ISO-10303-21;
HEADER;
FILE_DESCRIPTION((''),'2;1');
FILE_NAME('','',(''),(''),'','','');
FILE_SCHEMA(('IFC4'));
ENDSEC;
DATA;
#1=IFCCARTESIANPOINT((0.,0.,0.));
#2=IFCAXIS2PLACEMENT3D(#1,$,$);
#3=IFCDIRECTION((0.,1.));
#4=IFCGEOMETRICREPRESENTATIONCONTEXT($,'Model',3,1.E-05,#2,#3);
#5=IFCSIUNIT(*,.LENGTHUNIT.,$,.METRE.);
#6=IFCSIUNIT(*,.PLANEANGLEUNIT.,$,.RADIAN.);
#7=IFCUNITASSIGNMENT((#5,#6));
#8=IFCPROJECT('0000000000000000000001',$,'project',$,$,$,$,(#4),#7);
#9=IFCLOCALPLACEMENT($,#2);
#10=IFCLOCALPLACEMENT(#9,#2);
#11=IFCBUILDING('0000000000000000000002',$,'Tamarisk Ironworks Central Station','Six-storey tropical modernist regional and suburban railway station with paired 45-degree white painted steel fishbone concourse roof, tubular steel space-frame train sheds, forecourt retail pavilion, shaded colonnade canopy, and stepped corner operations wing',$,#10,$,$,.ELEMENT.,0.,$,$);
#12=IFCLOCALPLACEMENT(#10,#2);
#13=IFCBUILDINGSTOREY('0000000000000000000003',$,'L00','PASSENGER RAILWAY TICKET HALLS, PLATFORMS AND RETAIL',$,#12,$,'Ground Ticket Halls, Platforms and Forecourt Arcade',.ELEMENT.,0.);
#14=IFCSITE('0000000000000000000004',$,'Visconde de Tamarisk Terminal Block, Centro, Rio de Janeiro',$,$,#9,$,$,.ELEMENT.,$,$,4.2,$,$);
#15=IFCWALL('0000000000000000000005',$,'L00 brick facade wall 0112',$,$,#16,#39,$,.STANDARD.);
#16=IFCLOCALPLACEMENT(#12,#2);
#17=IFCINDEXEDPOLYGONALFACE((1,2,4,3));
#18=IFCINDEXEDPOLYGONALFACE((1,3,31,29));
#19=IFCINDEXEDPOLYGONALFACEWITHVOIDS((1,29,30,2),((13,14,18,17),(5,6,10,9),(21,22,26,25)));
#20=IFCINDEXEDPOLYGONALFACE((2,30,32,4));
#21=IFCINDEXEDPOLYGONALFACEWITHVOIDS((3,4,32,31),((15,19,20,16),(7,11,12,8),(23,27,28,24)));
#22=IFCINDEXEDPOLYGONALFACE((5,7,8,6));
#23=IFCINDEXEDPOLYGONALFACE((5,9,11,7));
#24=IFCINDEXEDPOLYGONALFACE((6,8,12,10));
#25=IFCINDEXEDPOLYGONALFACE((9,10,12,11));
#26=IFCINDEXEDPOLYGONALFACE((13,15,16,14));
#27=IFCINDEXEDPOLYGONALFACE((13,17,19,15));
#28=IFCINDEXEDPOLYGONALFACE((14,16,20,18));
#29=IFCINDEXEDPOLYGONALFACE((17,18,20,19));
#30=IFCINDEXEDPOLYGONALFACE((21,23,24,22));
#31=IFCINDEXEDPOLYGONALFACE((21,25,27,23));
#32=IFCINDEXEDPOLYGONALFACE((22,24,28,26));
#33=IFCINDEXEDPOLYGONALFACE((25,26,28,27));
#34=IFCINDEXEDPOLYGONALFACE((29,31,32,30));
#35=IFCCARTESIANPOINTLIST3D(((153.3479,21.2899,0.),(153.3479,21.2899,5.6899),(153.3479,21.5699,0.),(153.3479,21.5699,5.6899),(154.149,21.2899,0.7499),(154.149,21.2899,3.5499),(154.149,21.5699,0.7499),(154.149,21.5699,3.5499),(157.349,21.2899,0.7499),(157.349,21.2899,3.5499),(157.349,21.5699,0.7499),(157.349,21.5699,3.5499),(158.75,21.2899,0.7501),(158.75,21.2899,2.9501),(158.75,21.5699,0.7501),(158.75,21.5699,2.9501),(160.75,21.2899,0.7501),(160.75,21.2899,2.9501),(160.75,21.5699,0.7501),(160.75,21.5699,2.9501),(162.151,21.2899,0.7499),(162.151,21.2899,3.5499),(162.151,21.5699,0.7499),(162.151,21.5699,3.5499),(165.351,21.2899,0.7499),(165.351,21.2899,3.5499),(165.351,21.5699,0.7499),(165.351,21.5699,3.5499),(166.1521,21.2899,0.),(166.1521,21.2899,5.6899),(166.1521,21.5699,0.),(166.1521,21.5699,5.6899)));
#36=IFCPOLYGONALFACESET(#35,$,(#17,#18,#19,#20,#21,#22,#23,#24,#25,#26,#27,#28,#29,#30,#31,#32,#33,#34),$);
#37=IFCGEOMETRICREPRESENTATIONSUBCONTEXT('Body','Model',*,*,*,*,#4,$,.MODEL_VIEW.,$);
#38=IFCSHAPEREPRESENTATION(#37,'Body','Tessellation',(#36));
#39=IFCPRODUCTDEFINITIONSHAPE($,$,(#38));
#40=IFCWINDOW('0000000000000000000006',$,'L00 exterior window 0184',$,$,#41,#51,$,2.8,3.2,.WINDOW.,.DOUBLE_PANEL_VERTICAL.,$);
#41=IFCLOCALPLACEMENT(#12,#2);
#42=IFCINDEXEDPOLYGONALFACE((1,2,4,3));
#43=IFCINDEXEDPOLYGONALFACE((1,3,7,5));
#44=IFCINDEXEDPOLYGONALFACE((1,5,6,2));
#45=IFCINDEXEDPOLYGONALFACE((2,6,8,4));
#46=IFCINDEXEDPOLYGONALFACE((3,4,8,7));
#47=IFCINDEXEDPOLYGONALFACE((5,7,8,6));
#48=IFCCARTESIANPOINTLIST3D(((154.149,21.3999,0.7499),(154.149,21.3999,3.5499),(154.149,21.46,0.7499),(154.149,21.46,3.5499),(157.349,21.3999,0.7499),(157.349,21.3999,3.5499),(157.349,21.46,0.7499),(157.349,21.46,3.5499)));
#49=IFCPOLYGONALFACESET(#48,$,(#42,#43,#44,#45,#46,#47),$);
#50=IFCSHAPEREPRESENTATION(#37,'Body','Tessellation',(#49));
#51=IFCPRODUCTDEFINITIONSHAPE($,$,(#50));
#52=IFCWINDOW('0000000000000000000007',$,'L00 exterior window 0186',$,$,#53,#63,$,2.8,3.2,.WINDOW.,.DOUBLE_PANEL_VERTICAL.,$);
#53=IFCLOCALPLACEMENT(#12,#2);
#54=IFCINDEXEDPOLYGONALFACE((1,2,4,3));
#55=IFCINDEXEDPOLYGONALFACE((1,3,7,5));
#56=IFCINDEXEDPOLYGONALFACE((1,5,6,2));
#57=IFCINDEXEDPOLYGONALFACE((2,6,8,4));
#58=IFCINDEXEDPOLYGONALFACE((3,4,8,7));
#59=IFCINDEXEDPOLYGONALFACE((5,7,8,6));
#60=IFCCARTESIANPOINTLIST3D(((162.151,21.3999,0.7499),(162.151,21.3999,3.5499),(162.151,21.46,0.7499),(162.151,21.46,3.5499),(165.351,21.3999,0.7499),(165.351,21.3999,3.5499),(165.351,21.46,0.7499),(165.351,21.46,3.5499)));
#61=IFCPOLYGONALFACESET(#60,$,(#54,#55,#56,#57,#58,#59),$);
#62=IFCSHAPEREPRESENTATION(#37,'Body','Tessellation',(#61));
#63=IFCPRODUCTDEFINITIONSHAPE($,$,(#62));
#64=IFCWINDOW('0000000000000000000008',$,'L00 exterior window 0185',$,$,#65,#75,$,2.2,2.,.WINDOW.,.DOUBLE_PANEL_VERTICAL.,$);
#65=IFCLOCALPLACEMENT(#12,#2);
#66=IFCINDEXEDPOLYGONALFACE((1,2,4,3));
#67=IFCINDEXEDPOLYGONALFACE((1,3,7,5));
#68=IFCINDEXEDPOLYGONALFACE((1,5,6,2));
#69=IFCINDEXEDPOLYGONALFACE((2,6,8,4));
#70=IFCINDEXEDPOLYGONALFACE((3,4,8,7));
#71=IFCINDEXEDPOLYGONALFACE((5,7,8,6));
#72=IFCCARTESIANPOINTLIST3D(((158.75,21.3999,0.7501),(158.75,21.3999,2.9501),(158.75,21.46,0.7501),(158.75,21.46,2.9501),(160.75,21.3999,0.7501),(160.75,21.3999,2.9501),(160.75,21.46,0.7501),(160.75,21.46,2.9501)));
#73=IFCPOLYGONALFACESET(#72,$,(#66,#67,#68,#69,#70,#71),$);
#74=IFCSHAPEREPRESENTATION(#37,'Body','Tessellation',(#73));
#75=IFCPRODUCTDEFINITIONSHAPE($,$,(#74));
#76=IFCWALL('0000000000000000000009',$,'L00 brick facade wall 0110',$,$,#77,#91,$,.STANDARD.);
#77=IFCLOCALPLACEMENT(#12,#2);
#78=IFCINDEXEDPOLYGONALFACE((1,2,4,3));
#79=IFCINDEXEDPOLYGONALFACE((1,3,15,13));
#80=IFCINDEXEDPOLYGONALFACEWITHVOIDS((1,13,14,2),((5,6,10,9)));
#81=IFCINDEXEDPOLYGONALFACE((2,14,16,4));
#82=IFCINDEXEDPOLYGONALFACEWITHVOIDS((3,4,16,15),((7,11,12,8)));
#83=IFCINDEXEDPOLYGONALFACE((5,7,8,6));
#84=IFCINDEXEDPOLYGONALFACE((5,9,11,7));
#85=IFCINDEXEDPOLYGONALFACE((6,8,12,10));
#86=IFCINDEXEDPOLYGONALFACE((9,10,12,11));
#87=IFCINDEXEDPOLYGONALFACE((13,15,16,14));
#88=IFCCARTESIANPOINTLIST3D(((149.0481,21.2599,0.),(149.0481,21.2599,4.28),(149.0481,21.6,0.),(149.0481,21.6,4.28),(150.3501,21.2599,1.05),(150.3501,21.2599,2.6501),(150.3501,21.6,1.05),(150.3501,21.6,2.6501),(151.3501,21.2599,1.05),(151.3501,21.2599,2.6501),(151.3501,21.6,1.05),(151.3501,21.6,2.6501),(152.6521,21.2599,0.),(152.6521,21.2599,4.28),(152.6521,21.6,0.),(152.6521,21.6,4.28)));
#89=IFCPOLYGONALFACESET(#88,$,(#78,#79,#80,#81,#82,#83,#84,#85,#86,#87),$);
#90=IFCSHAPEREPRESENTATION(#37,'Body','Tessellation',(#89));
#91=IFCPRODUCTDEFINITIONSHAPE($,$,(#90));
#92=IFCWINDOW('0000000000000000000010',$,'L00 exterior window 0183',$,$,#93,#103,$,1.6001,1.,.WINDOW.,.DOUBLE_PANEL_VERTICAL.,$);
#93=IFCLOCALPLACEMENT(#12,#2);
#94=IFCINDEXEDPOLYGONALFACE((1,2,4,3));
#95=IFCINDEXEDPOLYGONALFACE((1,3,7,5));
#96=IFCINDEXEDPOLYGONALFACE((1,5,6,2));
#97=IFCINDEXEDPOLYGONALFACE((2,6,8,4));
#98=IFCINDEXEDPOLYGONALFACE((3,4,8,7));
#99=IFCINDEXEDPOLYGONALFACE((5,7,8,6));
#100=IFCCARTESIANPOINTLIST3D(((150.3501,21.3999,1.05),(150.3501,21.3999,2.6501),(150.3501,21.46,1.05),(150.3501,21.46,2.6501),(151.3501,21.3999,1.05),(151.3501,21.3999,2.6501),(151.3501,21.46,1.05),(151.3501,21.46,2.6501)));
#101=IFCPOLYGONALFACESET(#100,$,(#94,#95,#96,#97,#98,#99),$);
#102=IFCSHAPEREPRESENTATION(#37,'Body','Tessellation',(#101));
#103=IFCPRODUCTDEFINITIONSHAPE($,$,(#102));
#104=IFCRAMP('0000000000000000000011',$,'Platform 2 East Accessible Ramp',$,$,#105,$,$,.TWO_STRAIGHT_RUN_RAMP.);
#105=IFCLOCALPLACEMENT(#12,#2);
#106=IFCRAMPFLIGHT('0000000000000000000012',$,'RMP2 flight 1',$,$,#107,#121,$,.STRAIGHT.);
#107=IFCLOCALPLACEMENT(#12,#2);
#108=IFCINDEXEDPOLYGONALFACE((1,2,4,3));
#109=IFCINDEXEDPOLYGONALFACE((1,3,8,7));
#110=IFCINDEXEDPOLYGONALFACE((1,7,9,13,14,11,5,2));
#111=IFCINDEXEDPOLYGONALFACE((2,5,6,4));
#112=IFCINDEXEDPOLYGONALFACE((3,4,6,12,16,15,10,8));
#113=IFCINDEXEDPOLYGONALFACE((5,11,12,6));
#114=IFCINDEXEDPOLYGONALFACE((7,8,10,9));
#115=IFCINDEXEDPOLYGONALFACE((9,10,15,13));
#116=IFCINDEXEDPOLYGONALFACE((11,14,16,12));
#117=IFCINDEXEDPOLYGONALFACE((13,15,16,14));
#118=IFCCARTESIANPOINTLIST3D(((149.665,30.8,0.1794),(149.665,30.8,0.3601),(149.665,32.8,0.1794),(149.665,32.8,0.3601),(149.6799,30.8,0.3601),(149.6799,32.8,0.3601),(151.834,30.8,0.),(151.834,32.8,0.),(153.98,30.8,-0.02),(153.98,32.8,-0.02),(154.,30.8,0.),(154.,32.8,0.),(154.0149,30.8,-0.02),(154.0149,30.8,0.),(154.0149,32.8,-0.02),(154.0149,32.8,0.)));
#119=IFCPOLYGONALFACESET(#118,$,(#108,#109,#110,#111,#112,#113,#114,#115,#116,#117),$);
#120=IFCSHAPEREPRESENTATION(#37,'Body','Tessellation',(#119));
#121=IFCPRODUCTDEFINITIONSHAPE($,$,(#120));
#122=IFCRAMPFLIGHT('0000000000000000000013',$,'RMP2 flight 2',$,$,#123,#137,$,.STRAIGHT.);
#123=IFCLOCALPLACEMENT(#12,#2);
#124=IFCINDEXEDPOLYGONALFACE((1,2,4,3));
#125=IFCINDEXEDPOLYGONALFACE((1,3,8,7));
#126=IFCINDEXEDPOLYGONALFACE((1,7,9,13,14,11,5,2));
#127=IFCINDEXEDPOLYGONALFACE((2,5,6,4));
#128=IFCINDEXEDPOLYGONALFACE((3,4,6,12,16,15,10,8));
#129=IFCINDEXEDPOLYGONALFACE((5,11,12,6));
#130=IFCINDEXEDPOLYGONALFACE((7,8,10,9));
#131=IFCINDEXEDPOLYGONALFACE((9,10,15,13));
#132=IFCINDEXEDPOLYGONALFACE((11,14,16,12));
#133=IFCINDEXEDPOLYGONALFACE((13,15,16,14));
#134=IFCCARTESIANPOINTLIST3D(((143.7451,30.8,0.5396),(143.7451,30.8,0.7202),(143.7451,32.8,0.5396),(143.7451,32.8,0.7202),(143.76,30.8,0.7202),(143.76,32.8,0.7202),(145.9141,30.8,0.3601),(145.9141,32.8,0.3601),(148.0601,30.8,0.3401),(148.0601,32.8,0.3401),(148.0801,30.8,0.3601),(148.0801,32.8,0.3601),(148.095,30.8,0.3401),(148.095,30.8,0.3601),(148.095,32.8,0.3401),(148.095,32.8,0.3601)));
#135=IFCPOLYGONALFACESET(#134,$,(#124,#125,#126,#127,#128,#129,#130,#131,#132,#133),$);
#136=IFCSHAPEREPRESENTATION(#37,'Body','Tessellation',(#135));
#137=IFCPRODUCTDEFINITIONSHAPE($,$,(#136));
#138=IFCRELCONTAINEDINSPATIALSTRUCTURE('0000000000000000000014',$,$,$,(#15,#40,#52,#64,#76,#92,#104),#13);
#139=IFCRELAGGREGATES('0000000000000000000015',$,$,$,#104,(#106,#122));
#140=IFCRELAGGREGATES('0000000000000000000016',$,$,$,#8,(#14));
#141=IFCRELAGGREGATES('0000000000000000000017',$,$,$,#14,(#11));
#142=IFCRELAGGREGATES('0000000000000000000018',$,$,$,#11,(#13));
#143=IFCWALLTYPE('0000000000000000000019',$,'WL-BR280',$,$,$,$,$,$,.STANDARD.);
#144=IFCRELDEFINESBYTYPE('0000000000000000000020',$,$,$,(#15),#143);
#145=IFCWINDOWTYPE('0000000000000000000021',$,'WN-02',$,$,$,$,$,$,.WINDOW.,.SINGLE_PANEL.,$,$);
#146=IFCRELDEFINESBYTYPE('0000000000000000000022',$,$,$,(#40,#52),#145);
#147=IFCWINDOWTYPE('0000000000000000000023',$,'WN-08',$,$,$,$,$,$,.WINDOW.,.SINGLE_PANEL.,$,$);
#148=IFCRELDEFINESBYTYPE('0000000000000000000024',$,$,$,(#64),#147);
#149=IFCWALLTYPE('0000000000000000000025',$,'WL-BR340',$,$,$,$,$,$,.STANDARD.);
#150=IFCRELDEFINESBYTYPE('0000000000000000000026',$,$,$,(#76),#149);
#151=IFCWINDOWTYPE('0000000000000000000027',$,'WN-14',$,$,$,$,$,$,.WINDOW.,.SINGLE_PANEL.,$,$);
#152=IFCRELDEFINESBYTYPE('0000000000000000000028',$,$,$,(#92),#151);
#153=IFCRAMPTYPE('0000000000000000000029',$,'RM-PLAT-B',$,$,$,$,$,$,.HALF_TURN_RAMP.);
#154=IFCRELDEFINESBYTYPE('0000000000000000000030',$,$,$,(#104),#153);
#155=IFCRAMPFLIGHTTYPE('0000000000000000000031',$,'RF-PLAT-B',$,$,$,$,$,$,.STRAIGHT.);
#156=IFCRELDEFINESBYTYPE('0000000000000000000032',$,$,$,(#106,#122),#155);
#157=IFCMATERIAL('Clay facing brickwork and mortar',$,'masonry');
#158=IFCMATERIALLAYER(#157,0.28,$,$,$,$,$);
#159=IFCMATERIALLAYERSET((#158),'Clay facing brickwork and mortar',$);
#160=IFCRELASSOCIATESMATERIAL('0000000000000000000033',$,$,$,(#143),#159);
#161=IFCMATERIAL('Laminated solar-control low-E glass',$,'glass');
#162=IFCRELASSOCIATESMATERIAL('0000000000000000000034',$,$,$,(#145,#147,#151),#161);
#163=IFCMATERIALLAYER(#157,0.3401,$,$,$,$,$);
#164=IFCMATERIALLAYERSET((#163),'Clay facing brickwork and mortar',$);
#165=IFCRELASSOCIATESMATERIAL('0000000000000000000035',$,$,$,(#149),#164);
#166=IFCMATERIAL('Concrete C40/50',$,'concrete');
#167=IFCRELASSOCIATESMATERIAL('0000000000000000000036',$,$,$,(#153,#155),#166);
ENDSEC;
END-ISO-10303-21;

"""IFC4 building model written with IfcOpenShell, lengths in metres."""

from ifc_helpers import new_model, si_unit, direction, frame, frame_2d, origin, place, context, subcontext, project, spatial, polyline, rectangle, outline, extrude, material, layer, layer_set, type_object, element, fill, aggregate, save


model = new_model("IFC4")

# Units and contexts
model_context = context("Model", 3, precision=1e-05, world=origin(), true_north=direction((0.0, 1.0)))
body_context = subcontext(model_context, "Body", "Model", "MODEL_VIEW")
ifc_project = project(units=[si_unit("LENGTHUNIT", "METRE"), si_unit("PLANEANGLEUNIT", "RADIAN")], contexts=[model_context])

# Site, building, storey
site_placement = place(None, origin())
site = spatial("IfcSite", under=ifc_project, at=site_placement, Name="Visconde de Tamarisk Terminal Block, Centro, Rio de Janeiro", CompositionType="ELEMENT", RefElevation=4.2)
building_placement = place(site_placement, origin())
building = spatial("IfcBuilding", under=site, at=building_placement, Name="Tamarisk Ironworks Central Station", Description="Six-storey tropical modernist regional and suburban railway station with paired 45-degree white painted steel fishbone concourse roof, tubular steel space-frame train sheds, forecourt retail pavilion, shaded colonnade canopy, and stepped corner operations wing", CompositionType="ELEMENT", ElevationOfRefHeight=0.0)
storey_placement = place(building_placement, origin())
storey = spatial("IfcBuildingStorey", under=building, at=storey_placement, Name="L00", Description="PASSENGER RAILWAY TICKET HALLS, PLATFORMS AND RETAIL", LongName="Ground Ticket Halls, Platforms and Forecourt Arcade", CompositionType="ELEMENT", Elevation=0.0)

# Shared definitions
ifc_material_1 = material(Name="Concrete C40/50", Category="concrete")

# Shared definitions
ifc_material_2 = material(Name="Clay facing brickwork and mortar", Category="masonry")

# Wall, openings, windows
ifc_layer_1 = layer(ifc_material_2, 0.28)
ifc_layer_set_1 = layer_set([ifc_layer_1], Name="Clay facing brickwork and mortar")
wall_type_1 = type_object("IfcWallType", Name="WL-BR280", PredefinedType="STANDARD", material=ifc_layer_set_1)
wall_1_placement = place(storey_placement, frame((153.3479, 21.4299, 0.0), z_axis=(0.0, 0.0, 1.0), x_axis=(1.0, 0.0, 0.0)))
wall_1 = element("IfcWall", 1, at=wall_1_placement, inside=storey, type_object=wall_type_1, Name="L00 brick facade wall 0112", PredefinedType="STANDARD", context=body_context, shape_type="SweptSolid", body=[
    extrude(rectangle(XDim=12.8042, YDim=0.28, at=frame_2d((6.4021, 0.0))), origin(), (0.0, 0.0, 1.0), 5.6899),
])
opening_1_placement = place(wall_1_placement, frame((0.801, 0.0, 0.75)))
opening_1 = element("IfcOpeningElement", 2, at=opening_1_placement, cuts=wall_1, PredefinedType="OPENING", context=body_context, shape_type="SweptSolid", body=[
    extrude(rectangle(XDim=3.2, YDim=2.8, at=frame_2d((1.6001, 1.3999))), frame((0.0, 0.1519, 0.0), z_axis=(0.0, -1.0, 0.0), x_axis=(1.0, 0.0, 0.0)), (0.0, 0.0, 1.0), 0.304),
])
opening_2_placement = place(wall_1_placement, frame((5.4021, 0.0, 0.75)))
opening_2 = element("IfcOpeningElement", 3, at=opening_2_placement, cuts=wall_1, PredefinedType="OPENING", context=body_context, shape_type="SweptSolid", body=[
    extrude(rectangle(XDim=2.0, YDim=2.2, at=frame_2d((1.0, 1.1001))), frame((0.0, 0.1519, 0.0), z_axis=(0.0, -1.0, 0.0), x_axis=(1.0, 0.0, 0.0)), (0.0, 0.0, 1.0), 0.304),
])
opening_3_placement = place(wall_1_placement, frame((8.803, 0.0, 0.75)))
opening_3 = element("IfcOpeningElement", 4, at=opening_3_placement, cuts=wall_1, PredefinedType="OPENING", context=body_context, shape_type="SweptSolid", body=[
    extrude(rectangle(XDim=3.2, YDim=2.8, at=frame_2d((1.6001, 1.3999))), frame((0.0, 0.1519, 0.0), z_axis=(0.0, -1.0, 0.0), x_axis=(1.0, 0.0, 0.0)), (0.0, 0.0, 1.0), 0.304),
])
ifc_material_3 = material(Name="Laminated solar-control low-E glass", Category="glass")
window_type_1 = type_object("IfcWindowType", Name="WN-02", PartitioningType="SINGLE_PANEL", PredefinedType="WINDOW", material=ifc_material_3)
window_1_placement = place(opening_1_placement, origin())
window_1 = element("IfcWindow", 5, at=window_1_placement, inside=storey, type_object=window_type_1, Name="L00 exterior window 0184", OverallHeight=2.8, OverallWidth=3.2, PartitioningType="DOUBLE_PANEL_VERTICAL", PredefinedType="WINDOW", context=body_context, shape_type="SweptSolid", body=[
    extrude(rectangle(XDim=3.2, YDim=2.8, at=frame_2d((1.6001, 1.3999))), frame((0.0, 0.03, 0.0), z_axis=(0.0, -1.0, 0.0), x_axis=(1.0, 0.0, 0.0)), (0.0, 0.0, 1.0), 0.0601),
])
fill(opening_1, window_1)
window_2_placement = place(opening_3_placement, origin())
window_2 = element("IfcWindow", 6, at=window_2_placement, inside=storey, type_object=window_type_1, Name="L00 exterior window 0186", OverallHeight=2.8, OverallWidth=3.2, PartitioningType="DOUBLE_PANEL_VERTICAL", PredefinedType="WINDOW", context=body_context, shape_type="SweptSolid", body=[
    extrude(rectangle(XDim=3.2, YDim=2.8, at=frame_2d((1.6001, 1.3999))), frame((0.0, 0.03, 0.0), z_axis=(0.0, -1.0, 0.0), x_axis=(1.0, 0.0, 0.0)), (0.0, 0.0, 1.0), 0.0601),
])
fill(opening_3, window_2)
window_type_2 = type_object("IfcWindowType", Name="WN-08", PartitioningType="SINGLE_PANEL", PredefinedType="WINDOW", material=ifc_material_3)
window_3_placement = place(opening_2_placement, origin())
window_3 = element("IfcWindow", 7, at=window_3_placement, inside=storey, type_object=window_type_2, Name="L00 exterior window 0185", OverallHeight=2.2, OverallWidth=2.0, PartitioningType="DOUBLE_PANEL_VERTICAL", PredefinedType="WINDOW", context=body_context, shape_type="SweptSolid", body=[
    extrude(rectangle(XDim=2.0, YDim=2.2, at=frame_2d((1.0, 1.1001))), frame((0.0, 0.03, 0.0), z_axis=(0.0, -1.0, 0.0), x_axis=(1.0, 0.0, 0.0)), (0.0, 0.0, 1.0), 0.0601),
])
fill(opening_2, window_3)

# Wall, opening, window
ifc_layer_2 = layer(ifc_material_2, 0.3401)
ifc_layer_set_2 = layer_set([ifc_layer_2], Name="Clay facing brickwork and mortar")
wall_type_2 = type_object("IfcWallType", Name="WL-BR340", PredefinedType="STANDARD", material=ifc_layer_set_2)
wall_2_placement = place(storey_placement, frame((149.0481, 21.4299, 0.0), z_axis=(0.0, 0.0, 1.0), x_axis=(1.0, 0.0, 0.0)))
wall_2 = element("IfcWall", 8, at=wall_2_placement, inside=storey, type_object=wall_type_2, Name="L00 brick facade wall 0110", PredefinedType="STANDARD", context=body_context, shape_type="SweptSolid", body=[
    extrude(rectangle(XDim=3.604, YDim=0.3401, at=frame_2d((1.802, 0.0))), origin(), (0.0, 0.0, 1.0), 4.28),
])
opening_4_placement = place(wall_2_placement, frame((1.302, 0.0, 1.05)))
opening_4 = element("IfcOpeningElement", 9, at=opening_4_placement, cuts=wall_2, PredefinedType="OPENING", context=body_context, shape_type="SweptSolid", body=[
    extrude(rectangle(XDim=1.0, YDim=1.6001, at=frame_2d((0.5, 0.8))), frame((0.0, 0.1821, 0.0), z_axis=(0.0, -1.0, 0.0), x_axis=(1.0, 0.0, 0.0)), (0.0, 0.0, 1.0), 0.364),
])
window_type_3 = type_object("IfcWindowType", Name="WN-14", PartitioningType="SINGLE_PANEL", PredefinedType="WINDOW", material=ifc_material_3)
window_4_placement = place(opening_4_placement, origin())
window_4 = element("IfcWindow", 10, at=window_4_placement, inside=storey, type_object=window_type_3, Name="L00 exterior window 0183", OverallHeight=1.6001, OverallWidth=1.0, PartitioningType="DOUBLE_PANEL_VERTICAL", PredefinedType="WINDOW", context=body_context, shape_type="SweptSolid", body=[
    extrude(rectangle(XDim=1.0, YDim=1.6001, at=frame_2d((0.5, 0.8))), frame((0.0, 0.03, 0.0), z_axis=(0.0, -1.0, 0.0), x_axis=(1.0, 0.0, 0.0)), (0.0, 0.0, 1.0), 0.0601),
])
fill(opening_4, window_4)

# Ramp, ramp flights
ramp_type = type_object("IfcRampType", Name="RM-PLAT-B", PredefinedType="HALF_TURN_RAMP", material=ifc_material_1)
ramp_placement = place(storey_placement, origin())
ramp = element("IfcRamp", 11, at=ramp_placement, inside=storey, type_object=ramp_type, Name="Platform 2 East Accessible Ramp", PredefinedType="TWO_STRAIGHT_RUN_RAMP")
ramp_flight_type = type_object("IfcRampFlightType", Name="RF-PLAT-B", PredefinedType="STRAIGHT", material=ifc_material_1)
ramp_flight_1_placement = place(storey_placement, frame((154.0, 31.8, 0.0), z_axis=(0.0, 0.0, 1.0), x_axis=(-1.0, 0.0, 0.0)))
ramp_flight_1 = element("IfcRampFlight", 12, at=ramp_flight_1_placement, type_object=ramp_flight_type, Name="RMP2 flight 1", PredefinedType="STRAIGHT", context=body_context, shape_type="SweptSolid", body=[
    extrude(outline(polyline([(-0.0149, -0.02), (-0.0149, 0.0), (0.0, 0.0), (4.3201, 0.3601), (4.335, 0.3601), (4.335, 0.1794), (2.166, 0.0), (0.02, -0.02), (-0.0149, -0.02)])), frame((0.0, 1.0, 0.0), z_axis=(0.0, -1.0, 0.0), x_axis=(1.0, 0.0, 0.0)), (0.0, 0.0, 1.0), 2.0),
])
ramp_flight_2_placement = place(storey_placement, frame((148.0801, 31.8, 0.3601), z_axis=(0.0, 0.0, 1.0), x_axis=(-1.0, 0.0, 0.0)))
ramp_flight_2 = element("IfcRampFlight", 13, at=ramp_flight_2_placement, type_object=ramp_flight_type, Name="RMP2 flight 2", PredefinedType="STRAIGHT", context=body_context, shape_type="SweptSolid", body=[
    extrude(outline(polyline([(-0.0149, -0.02), (-0.0149, 0.0), (0.0, 0.0), (4.3201, 0.3601), (4.335, 0.3601), (4.335, 0.1794), (2.166, 0.0), (0.02, -0.02), (-0.0149, -0.02)])), frame((0.0, 1.0, 0.0), z_axis=(0.0, -1.0, 0.0), x_axis=(1.0, 0.0, 0.0)), (0.0, 0.0, 1.0), 2.0),
])
aggregate(ramp, [ramp_flight_1, ramp_flight_2])

save(model, "model.ifc")
